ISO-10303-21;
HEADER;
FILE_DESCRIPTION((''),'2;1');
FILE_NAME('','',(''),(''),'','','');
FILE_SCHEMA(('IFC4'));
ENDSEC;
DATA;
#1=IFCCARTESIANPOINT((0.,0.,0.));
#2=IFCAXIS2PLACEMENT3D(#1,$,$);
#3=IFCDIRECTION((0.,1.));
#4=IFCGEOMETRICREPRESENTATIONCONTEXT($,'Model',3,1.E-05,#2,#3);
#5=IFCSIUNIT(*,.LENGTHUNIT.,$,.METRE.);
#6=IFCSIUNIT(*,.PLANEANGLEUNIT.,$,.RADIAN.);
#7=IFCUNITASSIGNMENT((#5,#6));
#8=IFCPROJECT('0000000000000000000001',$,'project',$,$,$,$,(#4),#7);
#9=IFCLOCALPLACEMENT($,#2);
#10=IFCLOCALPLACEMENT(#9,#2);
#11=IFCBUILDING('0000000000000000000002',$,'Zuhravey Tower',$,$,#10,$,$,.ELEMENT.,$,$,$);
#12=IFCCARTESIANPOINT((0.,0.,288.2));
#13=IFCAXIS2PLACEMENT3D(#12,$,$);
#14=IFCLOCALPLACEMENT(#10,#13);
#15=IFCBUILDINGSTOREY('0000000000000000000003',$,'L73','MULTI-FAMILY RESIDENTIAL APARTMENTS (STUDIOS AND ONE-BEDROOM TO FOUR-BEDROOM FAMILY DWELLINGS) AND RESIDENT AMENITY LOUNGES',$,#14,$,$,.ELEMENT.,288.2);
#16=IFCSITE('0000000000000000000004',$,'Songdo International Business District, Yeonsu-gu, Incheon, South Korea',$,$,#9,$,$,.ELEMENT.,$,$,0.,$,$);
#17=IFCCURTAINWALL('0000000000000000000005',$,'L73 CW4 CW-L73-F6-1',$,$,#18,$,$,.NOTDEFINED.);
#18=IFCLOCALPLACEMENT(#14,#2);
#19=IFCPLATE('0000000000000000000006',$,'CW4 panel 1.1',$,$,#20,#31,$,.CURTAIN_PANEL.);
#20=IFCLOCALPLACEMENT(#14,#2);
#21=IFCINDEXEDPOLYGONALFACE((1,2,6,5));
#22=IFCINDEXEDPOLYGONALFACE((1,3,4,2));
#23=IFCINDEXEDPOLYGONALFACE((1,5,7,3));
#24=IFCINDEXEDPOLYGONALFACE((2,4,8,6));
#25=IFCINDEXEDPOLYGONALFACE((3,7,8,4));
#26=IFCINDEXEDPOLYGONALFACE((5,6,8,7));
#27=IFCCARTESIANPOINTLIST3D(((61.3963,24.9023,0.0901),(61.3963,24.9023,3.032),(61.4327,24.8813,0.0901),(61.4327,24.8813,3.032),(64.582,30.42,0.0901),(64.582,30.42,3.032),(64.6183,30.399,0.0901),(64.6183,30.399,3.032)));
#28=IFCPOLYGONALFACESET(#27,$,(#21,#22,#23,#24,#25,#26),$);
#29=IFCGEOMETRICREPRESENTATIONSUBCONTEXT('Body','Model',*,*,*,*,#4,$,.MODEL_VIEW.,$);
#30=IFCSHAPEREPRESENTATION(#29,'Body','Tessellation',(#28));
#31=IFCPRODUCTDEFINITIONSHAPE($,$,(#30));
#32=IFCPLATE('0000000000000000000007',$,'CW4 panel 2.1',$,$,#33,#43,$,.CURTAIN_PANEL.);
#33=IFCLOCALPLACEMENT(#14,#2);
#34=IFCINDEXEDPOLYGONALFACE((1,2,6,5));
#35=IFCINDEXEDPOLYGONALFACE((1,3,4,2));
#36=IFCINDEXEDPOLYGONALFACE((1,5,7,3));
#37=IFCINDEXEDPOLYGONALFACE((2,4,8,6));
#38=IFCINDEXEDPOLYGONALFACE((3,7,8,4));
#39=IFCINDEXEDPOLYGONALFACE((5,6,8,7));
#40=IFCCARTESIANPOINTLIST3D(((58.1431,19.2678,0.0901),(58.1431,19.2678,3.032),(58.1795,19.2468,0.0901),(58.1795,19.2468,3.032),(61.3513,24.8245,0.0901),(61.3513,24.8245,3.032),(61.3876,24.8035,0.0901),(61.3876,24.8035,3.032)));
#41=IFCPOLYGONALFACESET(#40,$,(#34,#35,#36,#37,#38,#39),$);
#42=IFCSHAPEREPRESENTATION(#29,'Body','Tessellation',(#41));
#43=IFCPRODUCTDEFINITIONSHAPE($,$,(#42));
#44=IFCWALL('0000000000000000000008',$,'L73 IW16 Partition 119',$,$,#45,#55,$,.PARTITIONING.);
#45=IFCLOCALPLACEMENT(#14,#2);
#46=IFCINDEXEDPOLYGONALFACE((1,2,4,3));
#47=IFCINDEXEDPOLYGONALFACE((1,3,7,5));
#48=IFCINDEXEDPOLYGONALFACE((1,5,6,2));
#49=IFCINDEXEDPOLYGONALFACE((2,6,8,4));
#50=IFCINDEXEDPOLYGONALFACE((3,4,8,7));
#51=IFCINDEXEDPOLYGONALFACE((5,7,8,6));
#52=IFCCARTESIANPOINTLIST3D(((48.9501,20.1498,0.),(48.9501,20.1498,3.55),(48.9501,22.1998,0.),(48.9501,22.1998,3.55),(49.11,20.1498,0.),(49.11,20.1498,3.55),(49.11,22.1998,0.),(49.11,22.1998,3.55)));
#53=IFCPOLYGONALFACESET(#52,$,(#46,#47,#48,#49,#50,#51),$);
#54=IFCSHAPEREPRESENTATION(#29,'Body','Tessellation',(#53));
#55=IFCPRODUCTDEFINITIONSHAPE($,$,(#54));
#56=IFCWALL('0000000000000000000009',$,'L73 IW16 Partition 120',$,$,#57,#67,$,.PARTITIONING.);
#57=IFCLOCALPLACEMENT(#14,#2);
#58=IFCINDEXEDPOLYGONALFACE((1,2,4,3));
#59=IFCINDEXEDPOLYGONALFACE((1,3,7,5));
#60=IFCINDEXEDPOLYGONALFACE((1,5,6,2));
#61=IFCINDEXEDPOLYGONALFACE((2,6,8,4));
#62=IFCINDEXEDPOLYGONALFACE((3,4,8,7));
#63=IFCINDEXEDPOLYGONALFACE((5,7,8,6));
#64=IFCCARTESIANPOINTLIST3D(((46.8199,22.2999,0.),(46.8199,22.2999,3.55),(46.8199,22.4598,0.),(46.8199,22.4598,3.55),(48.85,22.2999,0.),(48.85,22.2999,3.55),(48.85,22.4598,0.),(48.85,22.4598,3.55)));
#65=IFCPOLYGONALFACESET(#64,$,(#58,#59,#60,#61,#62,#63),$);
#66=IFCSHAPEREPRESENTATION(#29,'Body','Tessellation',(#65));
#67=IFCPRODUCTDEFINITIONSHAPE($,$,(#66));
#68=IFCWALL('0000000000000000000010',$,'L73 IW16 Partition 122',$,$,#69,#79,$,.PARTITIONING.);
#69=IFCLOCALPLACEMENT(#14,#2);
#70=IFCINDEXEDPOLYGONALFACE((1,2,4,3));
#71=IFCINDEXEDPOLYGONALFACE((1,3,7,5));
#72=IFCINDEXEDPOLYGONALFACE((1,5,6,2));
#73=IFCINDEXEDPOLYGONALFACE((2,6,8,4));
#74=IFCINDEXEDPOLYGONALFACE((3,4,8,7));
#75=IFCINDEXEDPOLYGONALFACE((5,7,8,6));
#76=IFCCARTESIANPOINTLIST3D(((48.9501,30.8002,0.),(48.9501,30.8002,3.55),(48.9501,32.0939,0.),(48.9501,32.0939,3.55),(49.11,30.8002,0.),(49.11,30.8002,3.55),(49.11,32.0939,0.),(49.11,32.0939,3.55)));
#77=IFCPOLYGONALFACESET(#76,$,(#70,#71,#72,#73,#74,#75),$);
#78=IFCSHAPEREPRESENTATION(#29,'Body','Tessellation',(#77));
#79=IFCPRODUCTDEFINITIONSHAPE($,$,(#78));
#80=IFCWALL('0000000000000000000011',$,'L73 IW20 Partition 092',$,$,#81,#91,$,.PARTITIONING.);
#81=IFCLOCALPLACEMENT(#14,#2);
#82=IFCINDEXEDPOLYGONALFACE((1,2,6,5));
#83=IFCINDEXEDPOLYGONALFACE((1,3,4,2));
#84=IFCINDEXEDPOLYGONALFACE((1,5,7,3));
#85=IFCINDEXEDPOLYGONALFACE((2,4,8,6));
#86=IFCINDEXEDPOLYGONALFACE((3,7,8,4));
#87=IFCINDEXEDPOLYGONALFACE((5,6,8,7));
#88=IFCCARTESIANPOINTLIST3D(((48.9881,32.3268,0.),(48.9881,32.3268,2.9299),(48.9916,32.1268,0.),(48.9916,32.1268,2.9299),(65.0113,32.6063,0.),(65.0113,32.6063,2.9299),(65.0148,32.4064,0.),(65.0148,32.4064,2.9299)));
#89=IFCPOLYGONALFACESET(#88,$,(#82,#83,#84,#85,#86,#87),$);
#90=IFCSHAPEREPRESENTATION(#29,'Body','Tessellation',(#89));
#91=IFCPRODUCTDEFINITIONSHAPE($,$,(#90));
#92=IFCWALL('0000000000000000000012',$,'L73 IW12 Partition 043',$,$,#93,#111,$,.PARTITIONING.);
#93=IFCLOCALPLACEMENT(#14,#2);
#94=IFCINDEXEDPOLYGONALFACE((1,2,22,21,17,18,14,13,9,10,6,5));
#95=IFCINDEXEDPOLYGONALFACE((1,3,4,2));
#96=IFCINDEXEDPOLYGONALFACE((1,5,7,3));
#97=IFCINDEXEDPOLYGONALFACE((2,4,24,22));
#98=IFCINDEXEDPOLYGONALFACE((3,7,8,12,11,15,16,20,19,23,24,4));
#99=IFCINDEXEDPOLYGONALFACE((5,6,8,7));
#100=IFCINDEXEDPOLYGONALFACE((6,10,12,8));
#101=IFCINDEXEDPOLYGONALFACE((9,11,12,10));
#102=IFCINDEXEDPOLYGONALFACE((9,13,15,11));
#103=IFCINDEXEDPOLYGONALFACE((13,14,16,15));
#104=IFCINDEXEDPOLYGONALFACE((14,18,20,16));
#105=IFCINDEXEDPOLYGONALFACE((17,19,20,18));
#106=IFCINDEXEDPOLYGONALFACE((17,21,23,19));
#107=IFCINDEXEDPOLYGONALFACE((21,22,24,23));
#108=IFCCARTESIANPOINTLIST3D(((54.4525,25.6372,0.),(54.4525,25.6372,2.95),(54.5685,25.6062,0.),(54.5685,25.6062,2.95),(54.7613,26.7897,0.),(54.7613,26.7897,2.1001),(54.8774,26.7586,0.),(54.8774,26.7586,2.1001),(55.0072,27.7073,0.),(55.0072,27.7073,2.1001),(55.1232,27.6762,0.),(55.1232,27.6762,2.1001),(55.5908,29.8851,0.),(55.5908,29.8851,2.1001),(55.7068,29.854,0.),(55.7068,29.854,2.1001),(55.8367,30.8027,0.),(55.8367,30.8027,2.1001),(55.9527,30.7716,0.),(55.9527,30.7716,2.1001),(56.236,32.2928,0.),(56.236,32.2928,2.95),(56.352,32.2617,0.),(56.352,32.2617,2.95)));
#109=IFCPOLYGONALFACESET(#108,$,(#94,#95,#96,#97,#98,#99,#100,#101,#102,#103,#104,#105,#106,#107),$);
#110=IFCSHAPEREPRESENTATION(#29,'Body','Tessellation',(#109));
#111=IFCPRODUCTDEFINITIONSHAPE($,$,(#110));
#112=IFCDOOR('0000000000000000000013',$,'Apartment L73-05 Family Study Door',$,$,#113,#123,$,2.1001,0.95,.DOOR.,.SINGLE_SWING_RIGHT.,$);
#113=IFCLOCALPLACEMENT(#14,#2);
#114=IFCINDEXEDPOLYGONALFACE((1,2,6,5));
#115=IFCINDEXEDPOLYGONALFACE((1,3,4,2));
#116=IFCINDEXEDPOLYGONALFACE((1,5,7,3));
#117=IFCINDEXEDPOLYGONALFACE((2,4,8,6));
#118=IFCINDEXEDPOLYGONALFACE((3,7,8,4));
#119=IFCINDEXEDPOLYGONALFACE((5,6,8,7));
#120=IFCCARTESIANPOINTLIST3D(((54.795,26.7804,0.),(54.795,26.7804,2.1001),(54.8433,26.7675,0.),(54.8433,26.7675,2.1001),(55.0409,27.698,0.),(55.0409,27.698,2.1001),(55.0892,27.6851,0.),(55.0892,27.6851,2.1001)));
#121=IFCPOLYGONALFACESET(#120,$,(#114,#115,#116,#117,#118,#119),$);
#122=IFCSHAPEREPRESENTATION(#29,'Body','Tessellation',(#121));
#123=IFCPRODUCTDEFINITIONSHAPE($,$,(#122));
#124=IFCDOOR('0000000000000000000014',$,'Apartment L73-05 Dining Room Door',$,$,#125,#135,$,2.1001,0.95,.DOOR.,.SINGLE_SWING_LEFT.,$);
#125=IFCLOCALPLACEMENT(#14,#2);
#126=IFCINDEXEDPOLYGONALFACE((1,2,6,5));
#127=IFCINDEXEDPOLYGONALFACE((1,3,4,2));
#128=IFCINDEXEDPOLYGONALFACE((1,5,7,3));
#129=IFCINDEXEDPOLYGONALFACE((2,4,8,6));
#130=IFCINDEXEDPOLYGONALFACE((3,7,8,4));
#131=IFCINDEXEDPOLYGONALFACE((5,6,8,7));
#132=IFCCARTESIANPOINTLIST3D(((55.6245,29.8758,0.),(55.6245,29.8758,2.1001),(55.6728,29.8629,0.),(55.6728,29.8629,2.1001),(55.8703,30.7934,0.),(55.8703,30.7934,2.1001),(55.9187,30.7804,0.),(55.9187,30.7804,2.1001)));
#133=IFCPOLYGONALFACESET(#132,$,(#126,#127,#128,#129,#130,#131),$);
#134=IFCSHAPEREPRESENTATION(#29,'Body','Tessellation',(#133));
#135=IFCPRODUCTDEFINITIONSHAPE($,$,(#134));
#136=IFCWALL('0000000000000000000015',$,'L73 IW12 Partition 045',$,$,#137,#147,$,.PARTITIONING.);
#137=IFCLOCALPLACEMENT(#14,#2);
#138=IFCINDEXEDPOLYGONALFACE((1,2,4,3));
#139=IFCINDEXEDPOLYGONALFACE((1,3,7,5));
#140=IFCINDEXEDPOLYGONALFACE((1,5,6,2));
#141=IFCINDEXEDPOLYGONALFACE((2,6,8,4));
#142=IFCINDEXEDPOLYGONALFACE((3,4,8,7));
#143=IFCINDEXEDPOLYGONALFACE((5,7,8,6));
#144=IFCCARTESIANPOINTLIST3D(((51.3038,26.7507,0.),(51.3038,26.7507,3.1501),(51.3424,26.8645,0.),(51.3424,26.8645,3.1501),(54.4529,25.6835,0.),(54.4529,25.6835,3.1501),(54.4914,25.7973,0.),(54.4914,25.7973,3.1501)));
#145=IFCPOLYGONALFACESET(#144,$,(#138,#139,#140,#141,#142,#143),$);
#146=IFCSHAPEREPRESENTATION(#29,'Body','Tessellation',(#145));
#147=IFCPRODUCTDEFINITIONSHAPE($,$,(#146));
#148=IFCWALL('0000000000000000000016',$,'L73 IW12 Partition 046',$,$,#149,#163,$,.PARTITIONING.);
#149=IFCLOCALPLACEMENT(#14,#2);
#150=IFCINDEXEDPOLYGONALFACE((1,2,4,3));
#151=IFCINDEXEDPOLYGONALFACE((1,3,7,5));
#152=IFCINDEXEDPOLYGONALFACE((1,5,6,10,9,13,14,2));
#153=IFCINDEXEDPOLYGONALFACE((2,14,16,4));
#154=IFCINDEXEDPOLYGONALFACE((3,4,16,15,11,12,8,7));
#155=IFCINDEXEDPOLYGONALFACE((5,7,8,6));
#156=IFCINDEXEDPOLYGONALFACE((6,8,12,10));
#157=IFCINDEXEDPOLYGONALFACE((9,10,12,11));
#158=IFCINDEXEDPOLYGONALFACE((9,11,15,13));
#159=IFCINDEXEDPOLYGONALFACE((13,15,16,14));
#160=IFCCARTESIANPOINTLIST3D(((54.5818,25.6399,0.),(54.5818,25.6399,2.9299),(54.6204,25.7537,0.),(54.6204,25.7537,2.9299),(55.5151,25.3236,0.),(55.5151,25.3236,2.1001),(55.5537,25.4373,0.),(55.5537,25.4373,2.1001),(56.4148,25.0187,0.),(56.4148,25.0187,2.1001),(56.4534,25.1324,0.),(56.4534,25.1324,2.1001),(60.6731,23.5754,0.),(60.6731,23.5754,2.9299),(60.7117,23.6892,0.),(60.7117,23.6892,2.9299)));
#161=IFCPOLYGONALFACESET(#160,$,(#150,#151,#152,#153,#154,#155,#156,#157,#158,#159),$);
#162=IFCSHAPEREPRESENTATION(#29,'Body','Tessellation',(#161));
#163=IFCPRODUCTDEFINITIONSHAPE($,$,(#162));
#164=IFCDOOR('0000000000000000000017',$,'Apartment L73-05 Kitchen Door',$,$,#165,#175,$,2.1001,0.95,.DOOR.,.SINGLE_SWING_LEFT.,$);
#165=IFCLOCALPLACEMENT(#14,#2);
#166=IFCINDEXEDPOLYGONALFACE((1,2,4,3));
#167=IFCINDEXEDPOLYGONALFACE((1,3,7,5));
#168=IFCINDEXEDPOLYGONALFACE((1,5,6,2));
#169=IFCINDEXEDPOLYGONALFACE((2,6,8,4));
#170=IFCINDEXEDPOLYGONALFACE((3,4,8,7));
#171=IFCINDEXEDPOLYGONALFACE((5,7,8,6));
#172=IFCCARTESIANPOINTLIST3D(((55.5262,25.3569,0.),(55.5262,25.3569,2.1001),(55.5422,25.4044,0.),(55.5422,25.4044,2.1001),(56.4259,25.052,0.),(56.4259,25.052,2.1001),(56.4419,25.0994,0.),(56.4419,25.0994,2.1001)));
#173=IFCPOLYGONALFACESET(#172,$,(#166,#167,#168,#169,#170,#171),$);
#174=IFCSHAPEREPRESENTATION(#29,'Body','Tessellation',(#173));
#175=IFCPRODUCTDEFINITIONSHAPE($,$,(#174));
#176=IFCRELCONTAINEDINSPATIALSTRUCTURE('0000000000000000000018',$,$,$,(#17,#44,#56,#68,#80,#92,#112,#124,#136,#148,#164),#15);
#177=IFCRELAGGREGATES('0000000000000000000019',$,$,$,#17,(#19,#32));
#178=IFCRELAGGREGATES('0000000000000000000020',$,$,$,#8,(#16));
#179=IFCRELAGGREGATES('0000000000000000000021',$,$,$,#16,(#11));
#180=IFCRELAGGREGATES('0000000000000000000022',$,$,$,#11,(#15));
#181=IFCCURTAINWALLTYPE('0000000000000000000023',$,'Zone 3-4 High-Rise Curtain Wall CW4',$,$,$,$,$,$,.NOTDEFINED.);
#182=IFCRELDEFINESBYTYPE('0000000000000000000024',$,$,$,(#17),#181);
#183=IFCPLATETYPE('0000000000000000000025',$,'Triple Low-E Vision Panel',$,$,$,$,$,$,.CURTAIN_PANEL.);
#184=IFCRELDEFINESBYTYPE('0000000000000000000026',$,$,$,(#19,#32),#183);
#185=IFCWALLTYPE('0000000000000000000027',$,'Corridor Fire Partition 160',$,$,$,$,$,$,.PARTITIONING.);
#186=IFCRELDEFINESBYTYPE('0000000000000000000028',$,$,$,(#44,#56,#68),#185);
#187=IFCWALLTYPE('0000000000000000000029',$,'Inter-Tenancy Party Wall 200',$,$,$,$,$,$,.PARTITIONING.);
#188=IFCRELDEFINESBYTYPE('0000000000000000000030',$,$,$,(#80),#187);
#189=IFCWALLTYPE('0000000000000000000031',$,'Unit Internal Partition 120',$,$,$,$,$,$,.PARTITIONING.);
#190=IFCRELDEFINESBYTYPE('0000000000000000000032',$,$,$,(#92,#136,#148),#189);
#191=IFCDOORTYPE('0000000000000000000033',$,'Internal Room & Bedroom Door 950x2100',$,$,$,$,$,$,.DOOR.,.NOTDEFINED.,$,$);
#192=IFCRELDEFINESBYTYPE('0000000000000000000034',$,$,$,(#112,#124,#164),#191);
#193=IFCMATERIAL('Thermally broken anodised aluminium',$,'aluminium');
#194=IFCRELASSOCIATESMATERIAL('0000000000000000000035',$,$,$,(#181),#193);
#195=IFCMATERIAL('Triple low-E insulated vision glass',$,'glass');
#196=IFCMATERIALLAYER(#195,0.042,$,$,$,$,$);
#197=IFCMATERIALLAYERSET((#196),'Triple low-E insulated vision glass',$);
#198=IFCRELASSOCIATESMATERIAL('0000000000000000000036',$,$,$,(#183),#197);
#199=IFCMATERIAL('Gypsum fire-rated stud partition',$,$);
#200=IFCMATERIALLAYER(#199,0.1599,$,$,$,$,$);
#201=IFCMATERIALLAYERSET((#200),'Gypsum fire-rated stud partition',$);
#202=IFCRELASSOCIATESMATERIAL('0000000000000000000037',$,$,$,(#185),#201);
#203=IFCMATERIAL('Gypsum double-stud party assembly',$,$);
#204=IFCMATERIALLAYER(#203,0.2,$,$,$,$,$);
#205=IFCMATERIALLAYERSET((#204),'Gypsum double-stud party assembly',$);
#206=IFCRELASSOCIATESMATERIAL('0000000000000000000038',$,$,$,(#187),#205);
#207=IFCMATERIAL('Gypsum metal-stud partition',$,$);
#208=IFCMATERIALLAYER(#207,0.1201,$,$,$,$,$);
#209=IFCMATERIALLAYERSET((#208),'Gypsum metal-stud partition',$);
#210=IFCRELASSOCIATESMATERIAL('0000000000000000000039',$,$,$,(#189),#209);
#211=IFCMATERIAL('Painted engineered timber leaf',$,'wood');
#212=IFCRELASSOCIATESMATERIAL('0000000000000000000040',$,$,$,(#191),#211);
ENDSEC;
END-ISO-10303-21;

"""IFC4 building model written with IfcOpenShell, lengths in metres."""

from ifc_helpers import new_model, si_unit, direction, frame, frame_2d, origin, origin_2d, place, context, subcontext, project, spatial, rectangle, extrude, material, layer, layer_set, type_object, element, fill, aggregate, save


model = new_model("IFC4")

# Units and contexts
model_context = context("Model", 3, precision=1e-05, world=origin(), true_north=direction((0.0, 1.0)))
body_context = subcontext(model_context, "Body", "Model", "MODEL_VIEW")
ifc_project = project(units=[si_unit("LENGTHUNIT", "METRE"), si_unit("PLANEANGLEUNIT", "RADIAN")], contexts=[model_context])

# Site, building, storey
site_placement = place(None, origin())
site = spatial("IfcSite", under=ifc_project, at=site_placement, Name="Songdo International Business District, Yeonsu-gu, Incheon, South Korea", CompositionType="ELEMENT", RefElevation=0.0)
building_placement = place(site_placement, origin())
building = spatial("IfcBuilding", under=site, at=building_placement, Name="Zuhravey Tower", CompositionType="ELEMENT")
storey_placement = place(building_placement, frame((0.0, 0.0, 288.2)))
storey = spatial("IfcBuildingStorey", under=building, at=storey_placement, Name="L73", Description="MULTI-FAMILY RESIDENTIAL APARTMENTS (STUDIOS AND ONE-BEDROOM TO FOUR-BEDROOM FAMILY DWELLINGS) AND RESIDENT AMENITY LOUNGES", CompositionType="ELEMENT", Elevation=288.2)

# Curtain wall
ifc_material_1 = material(Name="Thermally broken anodised aluminium", Category="aluminium")
curtain_wall_type = type_object("IfcCurtainWallType", Name="Zone 3-4 High-Rise Curtain Wall CW4", PredefinedType="NOTDEFINED", material=ifc_material_1)
curtain_wall_placement = place(storey_placement, origin())
curtain_wall = element("IfcCurtainWall", 1, at=curtain_wall_placement, inside=storey, type_object=curtain_wall_type, Name="L73 CW4 CW-L73-F6-1", PredefinedType="NOTDEFINED")

# Plates
ifc_material_2 = material(Name="Triple low-E insulated vision glass", Category="glass")
ifc_layer_1 = layer(ifc_material_2, 0.042)
ifc_layer_set_1 = layer_set([ifc_layer_1], Name="Triple low-E insulated vision glass")
plate_type = type_object("IfcPlateType", Name="Triple Low-E Vision Panel", PredefinedType="CURTAIN_PANEL", material=ifc_layer_set_1)
plate_1_placement = place(storey_placement, frame((63.0073, 27.6506, 0.0901), z_axis=(0.0, 0.0, 1.0), x_axis=(-0.500001, -0.866025, 0.0)))
plate_1 = element("IfcPlate", 2, at=plate_1_placement, type_object=plate_type, Name="CW4 panel 1.1", PredefinedType="CURTAIN_PANEL", context=body_context, shape_type="SweptSolid", body=[
    extrude(rectangle(XDim=6.3713, YDim=0.042, at=origin_2d()), origin(), (0.0, 0.0, 1.0), 2.9419),
])
plate_2_placement = place(storey_placement, frame((59.7654, 22.0356, 0.0901), z_axis=(0.0, 0.0, 1.0), x_axis=(-0.500001, -0.866025, 0.0)))
plate_2 = element("IfcPlate", 3, at=plate_2_placement, type_object=plate_type, Name="CW4 panel 2.1", PredefinedType="CURTAIN_PANEL", context=body_context, shape_type="SweptSolid", body=[
    extrude(rectangle(XDim=6.4163, YDim=0.042, at=origin_2d()), origin(), (0.0, 0.0, 1.0), 2.9419),
])
aggregate(curtain_wall, [plate_1, plate_2])

# Shared definitions
ifc_material_3 = material(Name="Gypsum fire-rated stud partition")
ifc_layer_2 = layer(ifc_material_3, 0.1599)
ifc_layer_set_2 = layer_set([ifc_layer_2], Name="Gypsum fire-rated stud partition")
wall_type_1 = type_object("IfcWallType", Name="Corridor Fire Partition 160", PredefinedType="PARTITIONING", material=ifc_layer_set_2)

# Walls
wall_1_placement = place(storey_placement, frame((49.03, 20.1499, 0.0), z_axis=(0.0, 0.0, 1.0), x_axis=(0.0, 1.0, 0.0)))
element("IfcWall", 4, at=wall_1_placement, inside=storey, type_object=wall_type_1, Name="L73 IW16 Partition 119", PredefinedType="PARTITIONING", context=body_context, shape_type="SweptSolid", body=[
    extrude(rectangle(XDim=2.05, YDim=0.1599, at=frame_2d((1.0249, 0.0))), origin(), (0.0, 0.0, 1.0), 3.55),
])
wall_2_placement = place(storey_placement, frame((48.8501, 22.3799, 0.0), z_axis=(0.0, 0.0, 1.0), x_axis=(-1.0, 0.0, 0.0)))
element("IfcWall", 5, at=wall_2_placement, inside=storey, type_object=wall_type_1, Name="L73 IW16 Partition 120", PredefinedType="PARTITIONING", context=body_context, shape_type="SweptSolid", body=[
    extrude(rectangle(XDim=2.03, YDim=0.1599, at=frame_2d((1.0151, 0.0))), origin(), (0.0, 0.0, 1.0), 3.55),
])
wall_3_placement = place(storey_placement, frame((49.03, 30.8, 0.0), z_axis=(0.0, 0.0, 1.0), x_axis=(0.0, 1.0, 0.0)))
element("IfcWall", 6, at=wall_3_placement, inside=storey, type_object=wall_type_1, Name="L73 IW16 Partition 122", PredefinedType="PARTITIONING", context=body_context, shape_type="SweptSolid", body=[
    extrude(rectangle(XDim=1.2937, YDim=0.1599, at=frame_2d((0.647, 0.0))), origin(), (0.0, 0.0, 1.0), 3.55),
])
ifc_material_4 = material(Name="Gypsum double-stud party assembly")
ifc_layer_3 = layer(ifc_material_4, 0.2)
ifc_layer_set_3 = layer_set([ifc_layer_3], Name="Gypsum double-stud party assembly")
wall_type_2 = type_object("IfcWallType", Name="Inter-Tenancy Party Wall 200", PredefinedType="PARTITIONING", material=ifc_layer_set_3)
wall_4_placement = place(storey_placement, frame((48.99, 32.2268, 0.0), z_axis=(0.0, 0.0, 1.0), x_axis=(0.999848, 0.017443, 0.0)))
element("IfcWall", 7, at=wall_4_placement, inside=storey, type_object=wall_type_2, Name="L73 IW20 Partition 092", PredefinedType="PARTITIONING", context=body_context, shape_type="SweptSolid", body=[
    extrude(rectangle(XDim=16.0256, YDim=0.2, at=frame_2d((8.0127, 0.0))), origin(), (0.0, 0.0, 1.0), 2.9299),
])

# Wall, openings, doors
ifc_material_5 = material(Name="Gypsum metal-stud partition")
ifc_layer_4 = layer(ifc_material_5, 0.1201)
ifc_layer_set_4 = layer_set([ifc_layer_4], Name="Gypsum metal-stud partition")
wall_type_3 = type_object("IfcWallType", Name="Unit Internal Partition 120", PredefinedType="PARTITIONING", material=ifc_layer_set_4)
wall_5_placement = place(storey_placement, frame((54.5105, 25.6216, 0.0), z_axis=(0.0, 0.0, 1.0), x_axis=(0.258833, 0.965922, 0.0)))
wall_5 = element("IfcWall", 8, at=wall_5_placement, inside=storey, type_object=wall_type_3, Name="L73 IW12 Partition 043", PredefinedType="PARTITIONING", context=body_context, shape_type="SweptSolid", body=[
    extrude(rectangle(XDim=6.8904, YDim=0.1201, at=frame_2d((3.4453, 0.0))), origin(), (0.0, 0.0, 1.0), 2.95),
])
opening_1_placement = place(wall_5_placement, frame((1.1931, 0.0, 0.0)))
opening_1 = element("IfcOpeningElement", 9, at=opening_1_placement, cuts=wall_5, PredefinedType="OPENING", context=body_context, shape_type="SweptSolid", body=[
    extrude(rectangle(XDim=0.95, YDim=2.1001, at=frame_2d((0.4751, 1.05))), frame((0.0, 0.072, 0.0), z_axis=(0.0, -1.0, 0.0), x_axis=(1.0, 0.0, 0.0)), (0.0, 0.0, 1.0), 0.144),
])
opening_2_placement = place(wall_5_placement, frame((4.3977, 0.0, 0.0)))
opening_2 = element("IfcOpeningElement", 10, at=opening_2_placement, cuts=wall_5, PredefinedType="OPENING", context=body_context, shape_type="SweptSolid", body=[
    extrude(rectangle(XDim=0.95, YDim=2.1001, at=frame_2d((0.4751, 1.05))), frame((0.0, 0.072, 0.0), z_axis=(0.0, -1.0, 0.0), x_axis=(1.0, 0.0, 0.0)), (0.0, 0.0, 1.0), 0.144),
])
ifc_material_6 = material(Name="Painted engineered timber leaf", Category="wood")
door_type_1 = type_object("IfcDoorType", Name="Internal Room & Bedroom Door 950x2100", OperationType="NOTDEFINED", PredefinedType="DOOR", material=ifc_material_6)
door_1_placement = place(opening_1_placement, frame((0.95, 0.0, 0.0), z_axis=(0.0, 0.0, 1.0), x_axis=(-1.0, 0.0, 0.0)))
door_1 = element("IfcDoor", 11, at=door_1_placement, inside=storey, type_object=door_type_1, Name="Apartment L73-05 Family Study Door", OperationType="SINGLE_SWING_RIGHT", OverallHeight=2.1001, OverallWidth=0.95, PredefinedType="DOOR", context=body_context, shape_type="SweptSolid", body=[
    extrude(rectangle(XDim=0.95, YDim=2.1001, at=frame_2d((0.4751, 1.05))), frame((0.0, 0.0249, 0.0), z_axis=(0.0, -1.0, 0.0), x_axis=(1.0, 0.0, 0.0)), (0.0, 0.0, 1.0), 0.05),
])
fill(opening_1, door_1)
door_2_placement = place(opening_2_placement, frame((0.95, 0.0, 0.0), z_axis=(0.0, 0.0, 1.0), x_axis=(-1.0, 0.0, 0.0)))
door_2 = element("IfcDoor", 12, at=door_2_placement, inside=storey, type_object=door_type_1, Name="Apartment L73-05 Dining Room Door", OperationType="SINGLE_SWING_LEFT", OverallHeight=2.1001, OverallWidth=0.95, PredefinedType="DOOR", context=body_context, shape_type="SweptSolid", body=[
    extrude(rectangle(XDim=0.95, YDim=2.1001, at=frame_2d((0.4751, 1.05))), frame((0.0, 0.0249, 0.0), z_axis=(0.0, -1.0, 0.0), x_axis=(1.0, 0.0, 0.0)), (0.0, 0.0, 1.0), 0.05),
])
fill(opening_2, door_2)

# Wall
wall_6_placement = place(storey_placement, frame((51.323, 26.8076, 0.0), z_axis=(0.0, 0.0, 1.0), x_axis=(0.947093, -0.32096, 0.0)))
element("IfcWall", 13, at=wall_6_placement, inside=storey, type_object=wall_type_3, Name="L73 IW12 Partition 045", PredefinedType="PARTITIONING", context=body_context, shape_type="SweptSolid", body=[
    extrude(rectangle(XDim=3.325, YDim=0.1201, at=frame_2d((1.6626, 0.0))), origin(), (0.0, 0.0, 1.0), 3.1501),
])

# Wall, opening, door
wall_7_placement = place(storey_placement, frame((54.6011, 25.6968, 0.0), z_axis=(0.0, 0.0, 1.0), x_axis=(0.947085, -0.320984, 0.0)))
wall_7 = element("IfcWall", 14, at=wall_7_placement, inside=storey, type_object=wall_type_3, Name="L73 IW12 Partition 046", PredefinedType="PARTITIONING", context=body_context, shape_type="SweptSolid", body=[
    extrude(rectangle(XDim=6.4316, YDim=0.1201, at=frame_2d((3.2158, 0.0))), origin(), (0.0, 0.0, 1.0), 2.9299),
])
opening_3_placement = place(wall_7_placement, frame((0.9854, 0.0, 0.0)))
opening_3 = element("IfcOpeningElement", 15, at=opening_3_placement, cuts=wall_7, PredefinedType="OPENING", context=body_context, shape_type="SweptSolid", body=[
    extrude(rectangle(XDim=0.95, YDim=2.1001, at=frame_2d((0.4751, 1.05))), frame((0.0, 0.072, 0.0), z_axis=(0.0, -1.0, 0.0), x_axis=(1.0, 0.0, 0.0)), (0.0, 0.0, 1.0), 0.144),
])
door_3_placement = place(opening_3_placement, frame((0.95, 0.0, 0.0), z_axis=(0.0, 0.0, 1.0), x_axis=(-1.0, 0.0, 0.0)))
door_3 = element("IfcDoor", 16, at=door_3_placement, inside=storey, type_object=door_type_1, Name="Apartment L73-05 Kitchen Door", OperationType="SINGLE_SWING_LEFT", OverallHeight=2.1001, OverallWidth=0.95, PredefinedType="DOOR", context=body_context, shape_type="SweptSolid", body=[
    extrude(rectangle(XDim=0.95, YDim=2.1001, at=frame_2d((0.4751, 1.05))), frame((0.0, 0.0249, 0.0), z_axis=(0.0, -1.0, 0.0), x_axis=(1.0, 0.0, 0.0)), (0.0, 0.0, 1.0), 0.05),
])
fill(opening_3, door_3)

save(model, "model.ifc")
